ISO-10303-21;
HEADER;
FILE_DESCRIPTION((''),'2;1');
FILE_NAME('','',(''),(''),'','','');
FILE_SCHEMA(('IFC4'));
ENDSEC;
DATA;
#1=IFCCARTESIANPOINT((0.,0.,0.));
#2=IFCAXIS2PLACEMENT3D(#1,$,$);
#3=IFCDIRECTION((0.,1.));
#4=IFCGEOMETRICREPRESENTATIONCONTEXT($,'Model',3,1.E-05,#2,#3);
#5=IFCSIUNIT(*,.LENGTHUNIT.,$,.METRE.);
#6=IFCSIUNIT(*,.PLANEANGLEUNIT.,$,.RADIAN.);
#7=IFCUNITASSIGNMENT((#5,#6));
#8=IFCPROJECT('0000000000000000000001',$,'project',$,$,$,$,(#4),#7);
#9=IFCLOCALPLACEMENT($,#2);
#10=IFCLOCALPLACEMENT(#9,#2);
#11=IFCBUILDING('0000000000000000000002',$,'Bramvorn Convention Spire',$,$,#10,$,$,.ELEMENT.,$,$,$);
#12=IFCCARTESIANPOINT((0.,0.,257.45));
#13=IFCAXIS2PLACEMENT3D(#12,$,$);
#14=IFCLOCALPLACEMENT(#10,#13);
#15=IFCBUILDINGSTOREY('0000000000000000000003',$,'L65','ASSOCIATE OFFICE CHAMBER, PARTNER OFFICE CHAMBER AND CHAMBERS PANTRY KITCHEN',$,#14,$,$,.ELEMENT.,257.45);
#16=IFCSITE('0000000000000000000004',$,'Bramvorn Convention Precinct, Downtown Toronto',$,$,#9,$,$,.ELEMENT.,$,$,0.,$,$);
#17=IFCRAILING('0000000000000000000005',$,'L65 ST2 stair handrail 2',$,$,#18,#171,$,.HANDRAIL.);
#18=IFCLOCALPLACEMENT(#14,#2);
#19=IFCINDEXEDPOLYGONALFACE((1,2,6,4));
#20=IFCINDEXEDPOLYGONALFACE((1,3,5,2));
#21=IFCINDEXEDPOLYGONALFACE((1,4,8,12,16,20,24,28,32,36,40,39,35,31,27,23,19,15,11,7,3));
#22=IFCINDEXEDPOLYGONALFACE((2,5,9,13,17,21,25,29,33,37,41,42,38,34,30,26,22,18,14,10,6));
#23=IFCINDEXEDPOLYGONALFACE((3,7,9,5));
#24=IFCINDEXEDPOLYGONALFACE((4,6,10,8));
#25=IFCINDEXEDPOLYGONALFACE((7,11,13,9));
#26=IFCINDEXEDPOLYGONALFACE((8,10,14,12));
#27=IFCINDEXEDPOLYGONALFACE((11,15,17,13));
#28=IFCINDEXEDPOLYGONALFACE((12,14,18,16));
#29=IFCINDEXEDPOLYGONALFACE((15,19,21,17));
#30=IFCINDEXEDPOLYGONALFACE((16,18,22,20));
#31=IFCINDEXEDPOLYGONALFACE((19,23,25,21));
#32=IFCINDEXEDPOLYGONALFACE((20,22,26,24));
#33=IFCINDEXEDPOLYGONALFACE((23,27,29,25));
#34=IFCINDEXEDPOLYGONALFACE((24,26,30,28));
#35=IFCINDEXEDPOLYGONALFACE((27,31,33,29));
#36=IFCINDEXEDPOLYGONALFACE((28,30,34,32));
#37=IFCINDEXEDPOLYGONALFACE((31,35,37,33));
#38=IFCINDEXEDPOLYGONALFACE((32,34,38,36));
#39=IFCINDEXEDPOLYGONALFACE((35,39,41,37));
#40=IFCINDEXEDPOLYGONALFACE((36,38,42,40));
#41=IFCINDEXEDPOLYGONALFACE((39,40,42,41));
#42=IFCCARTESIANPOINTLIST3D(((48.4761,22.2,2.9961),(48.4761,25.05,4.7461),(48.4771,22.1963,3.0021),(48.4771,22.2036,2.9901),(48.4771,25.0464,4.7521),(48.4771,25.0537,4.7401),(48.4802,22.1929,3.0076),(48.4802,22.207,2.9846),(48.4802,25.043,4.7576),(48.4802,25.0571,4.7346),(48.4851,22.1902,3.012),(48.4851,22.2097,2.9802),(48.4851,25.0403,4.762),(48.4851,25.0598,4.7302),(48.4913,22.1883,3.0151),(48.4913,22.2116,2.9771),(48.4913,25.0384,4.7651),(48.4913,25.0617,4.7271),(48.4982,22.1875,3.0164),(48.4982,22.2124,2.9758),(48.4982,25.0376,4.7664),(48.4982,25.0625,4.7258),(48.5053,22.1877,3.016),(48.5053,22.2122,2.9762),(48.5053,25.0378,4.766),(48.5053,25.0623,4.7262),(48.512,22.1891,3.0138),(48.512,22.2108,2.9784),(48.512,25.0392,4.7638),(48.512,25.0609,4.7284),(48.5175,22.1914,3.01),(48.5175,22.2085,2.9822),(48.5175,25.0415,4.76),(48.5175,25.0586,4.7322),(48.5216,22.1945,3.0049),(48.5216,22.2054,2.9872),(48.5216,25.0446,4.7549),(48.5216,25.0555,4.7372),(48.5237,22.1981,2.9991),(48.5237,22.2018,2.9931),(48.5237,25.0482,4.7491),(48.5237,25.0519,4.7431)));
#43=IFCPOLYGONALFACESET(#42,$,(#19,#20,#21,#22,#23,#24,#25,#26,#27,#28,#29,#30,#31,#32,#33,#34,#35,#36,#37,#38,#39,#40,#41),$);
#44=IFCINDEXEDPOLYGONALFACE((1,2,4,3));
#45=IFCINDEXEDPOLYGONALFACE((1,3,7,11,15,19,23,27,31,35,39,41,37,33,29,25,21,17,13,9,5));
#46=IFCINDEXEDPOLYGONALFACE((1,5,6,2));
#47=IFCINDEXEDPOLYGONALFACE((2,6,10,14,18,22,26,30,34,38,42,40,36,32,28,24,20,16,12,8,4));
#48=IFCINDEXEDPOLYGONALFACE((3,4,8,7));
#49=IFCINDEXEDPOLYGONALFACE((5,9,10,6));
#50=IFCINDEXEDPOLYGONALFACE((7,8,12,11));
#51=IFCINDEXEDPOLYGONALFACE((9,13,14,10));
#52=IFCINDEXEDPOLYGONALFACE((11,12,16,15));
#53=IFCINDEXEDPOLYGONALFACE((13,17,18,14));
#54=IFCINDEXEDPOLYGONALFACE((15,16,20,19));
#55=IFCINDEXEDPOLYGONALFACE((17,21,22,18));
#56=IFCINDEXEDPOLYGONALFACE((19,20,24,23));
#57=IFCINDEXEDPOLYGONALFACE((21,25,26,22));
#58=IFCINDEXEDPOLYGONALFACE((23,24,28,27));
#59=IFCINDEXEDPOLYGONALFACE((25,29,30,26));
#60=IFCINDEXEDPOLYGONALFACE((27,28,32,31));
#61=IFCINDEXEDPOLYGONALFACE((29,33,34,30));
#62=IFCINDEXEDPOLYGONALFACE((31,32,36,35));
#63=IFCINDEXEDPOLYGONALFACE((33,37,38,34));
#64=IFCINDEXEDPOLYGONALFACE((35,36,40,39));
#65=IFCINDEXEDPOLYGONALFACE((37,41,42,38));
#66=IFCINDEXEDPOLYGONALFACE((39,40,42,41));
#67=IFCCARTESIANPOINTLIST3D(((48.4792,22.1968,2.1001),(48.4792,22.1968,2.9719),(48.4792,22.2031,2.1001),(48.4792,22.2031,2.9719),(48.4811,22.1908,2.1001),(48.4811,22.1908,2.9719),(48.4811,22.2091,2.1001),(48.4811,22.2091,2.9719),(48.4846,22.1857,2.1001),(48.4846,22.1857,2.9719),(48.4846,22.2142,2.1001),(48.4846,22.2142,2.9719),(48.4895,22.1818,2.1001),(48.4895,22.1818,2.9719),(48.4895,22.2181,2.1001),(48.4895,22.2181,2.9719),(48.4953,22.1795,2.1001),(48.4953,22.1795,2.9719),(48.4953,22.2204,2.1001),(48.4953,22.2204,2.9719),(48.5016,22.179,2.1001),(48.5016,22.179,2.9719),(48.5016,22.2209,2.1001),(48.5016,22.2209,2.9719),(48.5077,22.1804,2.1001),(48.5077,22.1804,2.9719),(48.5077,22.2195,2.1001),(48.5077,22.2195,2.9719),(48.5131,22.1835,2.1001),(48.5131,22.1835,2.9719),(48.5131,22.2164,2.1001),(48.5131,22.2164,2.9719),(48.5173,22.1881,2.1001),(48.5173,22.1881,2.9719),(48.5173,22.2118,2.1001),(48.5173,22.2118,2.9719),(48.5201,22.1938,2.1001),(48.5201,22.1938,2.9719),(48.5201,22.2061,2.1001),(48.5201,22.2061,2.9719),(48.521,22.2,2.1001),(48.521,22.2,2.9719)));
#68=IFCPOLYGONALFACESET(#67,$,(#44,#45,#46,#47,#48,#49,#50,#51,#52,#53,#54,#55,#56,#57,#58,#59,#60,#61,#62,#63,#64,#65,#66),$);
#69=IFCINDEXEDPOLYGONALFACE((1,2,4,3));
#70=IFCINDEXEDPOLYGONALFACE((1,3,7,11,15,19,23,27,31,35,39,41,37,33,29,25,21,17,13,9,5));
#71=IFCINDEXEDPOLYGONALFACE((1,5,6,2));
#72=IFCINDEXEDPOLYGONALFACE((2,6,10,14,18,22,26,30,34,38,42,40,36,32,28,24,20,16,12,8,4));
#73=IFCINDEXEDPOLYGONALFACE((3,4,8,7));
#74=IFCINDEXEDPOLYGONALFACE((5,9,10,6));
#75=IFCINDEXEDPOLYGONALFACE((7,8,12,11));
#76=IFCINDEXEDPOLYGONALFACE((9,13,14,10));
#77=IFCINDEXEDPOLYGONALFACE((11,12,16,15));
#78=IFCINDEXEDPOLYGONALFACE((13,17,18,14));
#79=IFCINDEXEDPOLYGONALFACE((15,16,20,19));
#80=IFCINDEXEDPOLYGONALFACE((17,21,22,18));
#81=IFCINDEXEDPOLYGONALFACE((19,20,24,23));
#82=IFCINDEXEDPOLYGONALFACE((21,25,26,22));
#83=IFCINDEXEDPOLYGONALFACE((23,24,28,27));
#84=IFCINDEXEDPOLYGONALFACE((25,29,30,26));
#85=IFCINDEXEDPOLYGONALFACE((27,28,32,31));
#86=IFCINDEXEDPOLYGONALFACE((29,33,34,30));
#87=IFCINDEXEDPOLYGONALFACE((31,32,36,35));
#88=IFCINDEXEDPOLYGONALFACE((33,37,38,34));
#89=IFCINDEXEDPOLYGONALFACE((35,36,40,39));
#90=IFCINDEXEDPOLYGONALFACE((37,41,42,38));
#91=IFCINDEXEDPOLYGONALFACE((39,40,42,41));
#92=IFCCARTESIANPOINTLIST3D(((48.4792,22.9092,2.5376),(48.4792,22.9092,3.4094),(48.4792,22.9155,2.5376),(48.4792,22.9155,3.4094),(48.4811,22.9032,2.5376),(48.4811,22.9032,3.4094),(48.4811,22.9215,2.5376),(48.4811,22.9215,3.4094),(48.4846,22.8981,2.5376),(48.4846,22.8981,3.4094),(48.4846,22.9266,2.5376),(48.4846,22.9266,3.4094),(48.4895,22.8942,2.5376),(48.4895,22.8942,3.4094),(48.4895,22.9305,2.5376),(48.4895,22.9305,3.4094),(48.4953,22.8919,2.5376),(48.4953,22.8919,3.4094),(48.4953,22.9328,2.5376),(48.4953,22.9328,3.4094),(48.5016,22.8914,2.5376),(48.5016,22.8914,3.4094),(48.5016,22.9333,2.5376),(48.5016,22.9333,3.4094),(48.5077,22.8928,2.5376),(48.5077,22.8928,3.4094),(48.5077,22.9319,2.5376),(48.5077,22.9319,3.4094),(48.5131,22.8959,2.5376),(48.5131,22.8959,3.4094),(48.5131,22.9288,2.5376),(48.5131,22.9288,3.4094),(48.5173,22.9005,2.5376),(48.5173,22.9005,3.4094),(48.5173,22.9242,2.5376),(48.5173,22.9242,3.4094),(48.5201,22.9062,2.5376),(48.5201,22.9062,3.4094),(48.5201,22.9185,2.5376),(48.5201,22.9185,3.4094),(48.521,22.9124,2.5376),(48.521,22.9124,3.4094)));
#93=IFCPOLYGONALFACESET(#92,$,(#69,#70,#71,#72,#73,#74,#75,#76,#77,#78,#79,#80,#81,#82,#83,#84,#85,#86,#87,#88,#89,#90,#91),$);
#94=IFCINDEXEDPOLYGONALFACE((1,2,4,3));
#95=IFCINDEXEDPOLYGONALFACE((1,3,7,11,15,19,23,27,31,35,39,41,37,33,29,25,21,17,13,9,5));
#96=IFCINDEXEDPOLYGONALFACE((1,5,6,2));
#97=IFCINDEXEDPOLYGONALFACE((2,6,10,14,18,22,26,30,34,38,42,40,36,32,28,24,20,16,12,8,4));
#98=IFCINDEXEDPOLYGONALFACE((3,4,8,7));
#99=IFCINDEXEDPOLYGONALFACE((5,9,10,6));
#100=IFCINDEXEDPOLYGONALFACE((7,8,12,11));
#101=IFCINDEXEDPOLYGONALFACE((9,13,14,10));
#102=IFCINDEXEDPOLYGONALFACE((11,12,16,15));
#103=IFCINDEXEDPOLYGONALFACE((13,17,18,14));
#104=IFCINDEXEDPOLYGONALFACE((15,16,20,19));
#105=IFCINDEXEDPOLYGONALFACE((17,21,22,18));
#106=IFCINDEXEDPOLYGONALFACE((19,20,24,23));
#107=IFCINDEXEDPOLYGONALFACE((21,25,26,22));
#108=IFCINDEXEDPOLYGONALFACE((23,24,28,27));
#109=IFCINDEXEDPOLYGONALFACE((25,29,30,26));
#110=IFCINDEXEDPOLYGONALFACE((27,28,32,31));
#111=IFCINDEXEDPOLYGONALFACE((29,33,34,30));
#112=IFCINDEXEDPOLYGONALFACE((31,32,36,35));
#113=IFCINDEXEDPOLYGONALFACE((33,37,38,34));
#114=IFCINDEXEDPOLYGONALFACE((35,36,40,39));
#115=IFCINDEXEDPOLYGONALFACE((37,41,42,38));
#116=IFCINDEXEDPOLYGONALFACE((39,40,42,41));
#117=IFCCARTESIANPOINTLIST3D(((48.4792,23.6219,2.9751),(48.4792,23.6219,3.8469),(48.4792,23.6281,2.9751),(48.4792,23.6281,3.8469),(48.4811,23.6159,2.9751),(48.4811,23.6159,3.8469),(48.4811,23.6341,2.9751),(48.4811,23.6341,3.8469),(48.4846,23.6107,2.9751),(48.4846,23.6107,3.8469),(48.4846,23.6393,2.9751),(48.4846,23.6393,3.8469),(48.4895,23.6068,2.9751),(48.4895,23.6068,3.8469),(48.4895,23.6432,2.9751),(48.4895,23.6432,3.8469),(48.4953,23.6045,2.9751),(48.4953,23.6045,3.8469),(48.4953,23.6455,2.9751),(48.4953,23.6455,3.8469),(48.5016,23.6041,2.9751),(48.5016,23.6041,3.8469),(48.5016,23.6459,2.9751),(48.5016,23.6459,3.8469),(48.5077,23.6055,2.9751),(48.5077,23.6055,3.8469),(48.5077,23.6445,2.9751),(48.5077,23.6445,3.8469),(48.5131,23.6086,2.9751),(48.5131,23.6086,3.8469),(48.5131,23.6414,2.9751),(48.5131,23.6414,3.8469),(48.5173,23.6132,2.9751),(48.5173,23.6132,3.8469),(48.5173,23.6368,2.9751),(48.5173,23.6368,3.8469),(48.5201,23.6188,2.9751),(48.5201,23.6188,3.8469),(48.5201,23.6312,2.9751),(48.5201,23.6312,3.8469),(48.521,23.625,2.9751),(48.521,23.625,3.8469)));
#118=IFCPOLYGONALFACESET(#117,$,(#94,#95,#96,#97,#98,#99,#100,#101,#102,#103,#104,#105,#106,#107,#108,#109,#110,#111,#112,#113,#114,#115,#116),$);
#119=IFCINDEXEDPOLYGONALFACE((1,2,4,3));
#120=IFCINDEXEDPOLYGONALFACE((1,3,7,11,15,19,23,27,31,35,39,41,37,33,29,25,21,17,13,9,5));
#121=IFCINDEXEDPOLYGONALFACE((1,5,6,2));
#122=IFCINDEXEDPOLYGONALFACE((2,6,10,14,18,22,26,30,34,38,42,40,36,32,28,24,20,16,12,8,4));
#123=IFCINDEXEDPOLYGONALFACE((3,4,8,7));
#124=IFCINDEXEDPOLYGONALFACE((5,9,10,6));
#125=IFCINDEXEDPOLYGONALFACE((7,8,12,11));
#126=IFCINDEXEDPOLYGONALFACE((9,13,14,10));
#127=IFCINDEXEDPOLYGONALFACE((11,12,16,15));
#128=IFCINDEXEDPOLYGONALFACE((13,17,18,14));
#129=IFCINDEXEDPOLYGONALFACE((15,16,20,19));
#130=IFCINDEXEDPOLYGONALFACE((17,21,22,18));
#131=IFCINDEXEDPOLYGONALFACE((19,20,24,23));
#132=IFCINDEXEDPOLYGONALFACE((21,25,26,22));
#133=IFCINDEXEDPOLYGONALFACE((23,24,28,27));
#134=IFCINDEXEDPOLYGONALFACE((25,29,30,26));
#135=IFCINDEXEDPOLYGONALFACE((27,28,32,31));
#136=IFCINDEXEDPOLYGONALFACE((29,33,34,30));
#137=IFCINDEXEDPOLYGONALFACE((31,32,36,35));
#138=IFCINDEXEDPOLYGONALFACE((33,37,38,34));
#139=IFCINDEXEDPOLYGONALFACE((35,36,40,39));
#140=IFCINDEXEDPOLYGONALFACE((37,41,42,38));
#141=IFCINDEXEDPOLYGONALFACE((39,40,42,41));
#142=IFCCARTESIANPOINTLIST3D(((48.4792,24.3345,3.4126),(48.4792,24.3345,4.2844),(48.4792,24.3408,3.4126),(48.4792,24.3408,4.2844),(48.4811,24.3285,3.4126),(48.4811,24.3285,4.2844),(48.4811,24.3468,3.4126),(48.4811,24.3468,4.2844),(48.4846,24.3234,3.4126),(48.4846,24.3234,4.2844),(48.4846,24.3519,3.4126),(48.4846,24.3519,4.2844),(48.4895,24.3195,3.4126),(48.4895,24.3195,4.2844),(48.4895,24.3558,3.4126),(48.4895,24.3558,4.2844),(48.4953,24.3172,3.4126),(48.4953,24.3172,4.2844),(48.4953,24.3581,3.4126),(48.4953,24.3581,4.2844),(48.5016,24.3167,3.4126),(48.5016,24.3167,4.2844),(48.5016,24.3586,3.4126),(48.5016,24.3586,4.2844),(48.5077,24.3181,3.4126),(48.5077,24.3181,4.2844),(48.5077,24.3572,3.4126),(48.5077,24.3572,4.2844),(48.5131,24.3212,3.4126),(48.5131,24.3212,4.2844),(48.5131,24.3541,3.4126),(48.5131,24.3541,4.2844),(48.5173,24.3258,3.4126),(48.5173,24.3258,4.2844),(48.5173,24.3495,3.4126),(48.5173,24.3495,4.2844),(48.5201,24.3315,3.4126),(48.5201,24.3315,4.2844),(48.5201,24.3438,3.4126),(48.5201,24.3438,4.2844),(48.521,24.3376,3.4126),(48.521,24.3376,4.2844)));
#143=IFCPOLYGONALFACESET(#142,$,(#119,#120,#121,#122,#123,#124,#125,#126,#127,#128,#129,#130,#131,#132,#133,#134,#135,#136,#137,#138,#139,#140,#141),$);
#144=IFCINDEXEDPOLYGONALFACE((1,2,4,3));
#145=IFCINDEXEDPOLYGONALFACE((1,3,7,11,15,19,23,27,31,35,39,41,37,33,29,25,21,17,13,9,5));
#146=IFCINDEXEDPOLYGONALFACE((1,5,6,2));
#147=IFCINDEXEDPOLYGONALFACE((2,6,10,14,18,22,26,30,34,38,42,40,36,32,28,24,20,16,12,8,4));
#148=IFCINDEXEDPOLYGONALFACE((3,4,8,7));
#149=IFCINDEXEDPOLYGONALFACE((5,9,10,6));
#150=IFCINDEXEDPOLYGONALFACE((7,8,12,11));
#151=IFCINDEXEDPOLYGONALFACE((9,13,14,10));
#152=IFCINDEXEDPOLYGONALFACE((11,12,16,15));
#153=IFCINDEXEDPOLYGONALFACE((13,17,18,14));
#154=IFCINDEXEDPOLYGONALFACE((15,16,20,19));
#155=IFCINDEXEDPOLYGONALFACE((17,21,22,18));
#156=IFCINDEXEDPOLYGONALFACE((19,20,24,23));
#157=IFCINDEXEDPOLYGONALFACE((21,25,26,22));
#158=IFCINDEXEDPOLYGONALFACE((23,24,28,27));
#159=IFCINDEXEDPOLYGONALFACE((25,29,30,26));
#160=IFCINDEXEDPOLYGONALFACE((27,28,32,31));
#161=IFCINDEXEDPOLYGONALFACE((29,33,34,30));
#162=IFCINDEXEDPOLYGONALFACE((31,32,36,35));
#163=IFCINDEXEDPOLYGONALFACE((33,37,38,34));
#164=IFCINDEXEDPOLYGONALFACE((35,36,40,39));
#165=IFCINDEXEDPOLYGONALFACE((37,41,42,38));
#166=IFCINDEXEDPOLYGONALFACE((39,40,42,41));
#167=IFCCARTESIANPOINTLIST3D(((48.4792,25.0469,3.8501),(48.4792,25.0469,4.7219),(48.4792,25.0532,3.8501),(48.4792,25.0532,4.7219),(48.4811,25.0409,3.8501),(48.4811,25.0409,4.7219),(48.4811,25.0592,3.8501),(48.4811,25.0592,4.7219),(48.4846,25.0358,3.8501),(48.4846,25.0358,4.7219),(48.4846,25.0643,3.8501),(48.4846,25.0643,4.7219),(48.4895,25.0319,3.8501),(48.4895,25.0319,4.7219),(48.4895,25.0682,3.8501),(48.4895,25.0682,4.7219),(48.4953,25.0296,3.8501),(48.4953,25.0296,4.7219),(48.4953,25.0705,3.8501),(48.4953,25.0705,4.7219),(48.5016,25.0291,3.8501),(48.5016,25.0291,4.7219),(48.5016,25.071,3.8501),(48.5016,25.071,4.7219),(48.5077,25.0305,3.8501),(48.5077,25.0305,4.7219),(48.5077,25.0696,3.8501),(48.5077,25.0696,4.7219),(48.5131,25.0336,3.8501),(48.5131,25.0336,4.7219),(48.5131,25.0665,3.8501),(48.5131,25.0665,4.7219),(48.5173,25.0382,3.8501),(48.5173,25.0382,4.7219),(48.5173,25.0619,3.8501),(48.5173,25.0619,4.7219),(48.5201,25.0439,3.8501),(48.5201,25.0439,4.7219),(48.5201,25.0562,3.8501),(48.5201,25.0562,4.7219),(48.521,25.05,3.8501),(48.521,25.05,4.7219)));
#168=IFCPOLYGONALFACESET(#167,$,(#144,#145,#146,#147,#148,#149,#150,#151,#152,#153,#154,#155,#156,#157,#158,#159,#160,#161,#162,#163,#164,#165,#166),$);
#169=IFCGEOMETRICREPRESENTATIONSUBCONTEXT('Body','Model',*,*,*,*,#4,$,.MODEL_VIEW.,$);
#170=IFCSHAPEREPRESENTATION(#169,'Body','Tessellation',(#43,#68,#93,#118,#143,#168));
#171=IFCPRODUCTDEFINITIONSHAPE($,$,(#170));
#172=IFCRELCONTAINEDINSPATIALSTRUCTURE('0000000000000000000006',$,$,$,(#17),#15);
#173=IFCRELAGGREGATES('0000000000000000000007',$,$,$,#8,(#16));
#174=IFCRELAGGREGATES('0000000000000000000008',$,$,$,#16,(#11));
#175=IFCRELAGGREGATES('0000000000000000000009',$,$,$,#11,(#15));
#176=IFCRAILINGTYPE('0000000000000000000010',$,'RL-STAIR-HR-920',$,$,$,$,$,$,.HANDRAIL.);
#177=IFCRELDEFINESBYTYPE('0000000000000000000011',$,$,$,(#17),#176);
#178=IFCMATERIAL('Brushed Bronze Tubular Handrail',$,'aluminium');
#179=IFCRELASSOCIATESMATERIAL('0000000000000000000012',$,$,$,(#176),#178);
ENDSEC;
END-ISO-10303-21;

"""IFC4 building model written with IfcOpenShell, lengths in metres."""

from ifc_helpers import new_model, si_unit, direction, frame, origin, origin_2d, place, context, subcontext, project, spatial, circle, extrude, material, type_object, element, save


model = new_model("IFC4")

# Units and contexts
model_context = context("Model", 3, precision=1e-05, world=origin(), true_north=direction((0.0, 1.0)))
body_context = subcontext(model_context, "Body", "Model", "MODEL_VIEW")
ifc_project = project(units=[si_unit("LENGTHUNIT", "METRE"), si_unit("PLANEANGLEUNIT", "RADIAN")], contexts=[model_context])

# Site, building, storey
site_placement = place(None, origin())
site = spatial("IfcSite", under=ifc_project, at=site_placement, Name="Bramvorn Convention Precinct, Downtown Toronto", CompositionType="ELEMENT", RefElevation=0.0)
building_placement = place(site_placement, origin())
building = spatial("IfcBuilding", under=site, at=building_placement, Name="Bramvorn Convention Spire", CompositionType="ELEMENT")
storey_placement = place(building_placement, frame((0.0, 0.0, 257.45)))
storey = spatial("IfcBuildingStorey", under=building, at=storey_placement, Name="L65", Description="ASSOCIATE OFFICE CHAMBER, PARTNER OFFICE CHAMBER AND CHAMBERS PANTRY KITCHEN", CompositionType="ELEMENT", Elevation=257.45)

# Railing
ifc_material_1 = material(Name="Brushed Bronze Tubular Handrail", Category="aluminium")
railing_type_1 = type_object("IfcRailingType", Name="RL-STAIR-HR-920", PredefinedType="HANDRAIL", material=ifc_material_1)
railing_1_placement = place(storey_placement, frame((48.5, 22.2, 2.1001)))
element("IfcRailing", 1, at=railing_1_placement, inside=storey, type_object=railing_type_1, Name="L65 ST2 stair handrail 2", PredefinedType="HANDRAIL", context=body_context, shape_type="SweptSolid", body=[
    extrude(circle(Radius=0.0239, at=origin_2d()), frame((0.0, 0.0, 0.896), z_axis=(0.0, 0.852179, 0.52325), x_axis=(-1.0, 0.0, 0.0)), (0.0, 0.0, 1.0), 3.3445),
    extrude(circle(Radius=0.021, at=origin_2d()), origin(), (0.0, 0.0, 1.0), 0.8718),
    extrude(circle(Radius=0.021, at=origin_2d()), frame((0.0, 0.7124, 0.4375)), (0.0, 0.0, 1.0), 0.8718),
    extrude(circle(Radius=0.021, at=origin_2d()), frame((0.0, 1.425, 0.875)), (0.0, 0.0, 1.0), 0.8718),
    extrude(circle(Radius=0.021, at=origin_2d()), frame((0.0, 2.1377, 1.3125)), (0.0, 0.0, 1.0), 0.8718),
    extrude(circle(Radius=0.021, at=origin_2d()), frame((0.0, 2.8501, 1.75)), (0.0, 0.0, 1.0), 0.8718),
])

save(model, "model.ifc")
